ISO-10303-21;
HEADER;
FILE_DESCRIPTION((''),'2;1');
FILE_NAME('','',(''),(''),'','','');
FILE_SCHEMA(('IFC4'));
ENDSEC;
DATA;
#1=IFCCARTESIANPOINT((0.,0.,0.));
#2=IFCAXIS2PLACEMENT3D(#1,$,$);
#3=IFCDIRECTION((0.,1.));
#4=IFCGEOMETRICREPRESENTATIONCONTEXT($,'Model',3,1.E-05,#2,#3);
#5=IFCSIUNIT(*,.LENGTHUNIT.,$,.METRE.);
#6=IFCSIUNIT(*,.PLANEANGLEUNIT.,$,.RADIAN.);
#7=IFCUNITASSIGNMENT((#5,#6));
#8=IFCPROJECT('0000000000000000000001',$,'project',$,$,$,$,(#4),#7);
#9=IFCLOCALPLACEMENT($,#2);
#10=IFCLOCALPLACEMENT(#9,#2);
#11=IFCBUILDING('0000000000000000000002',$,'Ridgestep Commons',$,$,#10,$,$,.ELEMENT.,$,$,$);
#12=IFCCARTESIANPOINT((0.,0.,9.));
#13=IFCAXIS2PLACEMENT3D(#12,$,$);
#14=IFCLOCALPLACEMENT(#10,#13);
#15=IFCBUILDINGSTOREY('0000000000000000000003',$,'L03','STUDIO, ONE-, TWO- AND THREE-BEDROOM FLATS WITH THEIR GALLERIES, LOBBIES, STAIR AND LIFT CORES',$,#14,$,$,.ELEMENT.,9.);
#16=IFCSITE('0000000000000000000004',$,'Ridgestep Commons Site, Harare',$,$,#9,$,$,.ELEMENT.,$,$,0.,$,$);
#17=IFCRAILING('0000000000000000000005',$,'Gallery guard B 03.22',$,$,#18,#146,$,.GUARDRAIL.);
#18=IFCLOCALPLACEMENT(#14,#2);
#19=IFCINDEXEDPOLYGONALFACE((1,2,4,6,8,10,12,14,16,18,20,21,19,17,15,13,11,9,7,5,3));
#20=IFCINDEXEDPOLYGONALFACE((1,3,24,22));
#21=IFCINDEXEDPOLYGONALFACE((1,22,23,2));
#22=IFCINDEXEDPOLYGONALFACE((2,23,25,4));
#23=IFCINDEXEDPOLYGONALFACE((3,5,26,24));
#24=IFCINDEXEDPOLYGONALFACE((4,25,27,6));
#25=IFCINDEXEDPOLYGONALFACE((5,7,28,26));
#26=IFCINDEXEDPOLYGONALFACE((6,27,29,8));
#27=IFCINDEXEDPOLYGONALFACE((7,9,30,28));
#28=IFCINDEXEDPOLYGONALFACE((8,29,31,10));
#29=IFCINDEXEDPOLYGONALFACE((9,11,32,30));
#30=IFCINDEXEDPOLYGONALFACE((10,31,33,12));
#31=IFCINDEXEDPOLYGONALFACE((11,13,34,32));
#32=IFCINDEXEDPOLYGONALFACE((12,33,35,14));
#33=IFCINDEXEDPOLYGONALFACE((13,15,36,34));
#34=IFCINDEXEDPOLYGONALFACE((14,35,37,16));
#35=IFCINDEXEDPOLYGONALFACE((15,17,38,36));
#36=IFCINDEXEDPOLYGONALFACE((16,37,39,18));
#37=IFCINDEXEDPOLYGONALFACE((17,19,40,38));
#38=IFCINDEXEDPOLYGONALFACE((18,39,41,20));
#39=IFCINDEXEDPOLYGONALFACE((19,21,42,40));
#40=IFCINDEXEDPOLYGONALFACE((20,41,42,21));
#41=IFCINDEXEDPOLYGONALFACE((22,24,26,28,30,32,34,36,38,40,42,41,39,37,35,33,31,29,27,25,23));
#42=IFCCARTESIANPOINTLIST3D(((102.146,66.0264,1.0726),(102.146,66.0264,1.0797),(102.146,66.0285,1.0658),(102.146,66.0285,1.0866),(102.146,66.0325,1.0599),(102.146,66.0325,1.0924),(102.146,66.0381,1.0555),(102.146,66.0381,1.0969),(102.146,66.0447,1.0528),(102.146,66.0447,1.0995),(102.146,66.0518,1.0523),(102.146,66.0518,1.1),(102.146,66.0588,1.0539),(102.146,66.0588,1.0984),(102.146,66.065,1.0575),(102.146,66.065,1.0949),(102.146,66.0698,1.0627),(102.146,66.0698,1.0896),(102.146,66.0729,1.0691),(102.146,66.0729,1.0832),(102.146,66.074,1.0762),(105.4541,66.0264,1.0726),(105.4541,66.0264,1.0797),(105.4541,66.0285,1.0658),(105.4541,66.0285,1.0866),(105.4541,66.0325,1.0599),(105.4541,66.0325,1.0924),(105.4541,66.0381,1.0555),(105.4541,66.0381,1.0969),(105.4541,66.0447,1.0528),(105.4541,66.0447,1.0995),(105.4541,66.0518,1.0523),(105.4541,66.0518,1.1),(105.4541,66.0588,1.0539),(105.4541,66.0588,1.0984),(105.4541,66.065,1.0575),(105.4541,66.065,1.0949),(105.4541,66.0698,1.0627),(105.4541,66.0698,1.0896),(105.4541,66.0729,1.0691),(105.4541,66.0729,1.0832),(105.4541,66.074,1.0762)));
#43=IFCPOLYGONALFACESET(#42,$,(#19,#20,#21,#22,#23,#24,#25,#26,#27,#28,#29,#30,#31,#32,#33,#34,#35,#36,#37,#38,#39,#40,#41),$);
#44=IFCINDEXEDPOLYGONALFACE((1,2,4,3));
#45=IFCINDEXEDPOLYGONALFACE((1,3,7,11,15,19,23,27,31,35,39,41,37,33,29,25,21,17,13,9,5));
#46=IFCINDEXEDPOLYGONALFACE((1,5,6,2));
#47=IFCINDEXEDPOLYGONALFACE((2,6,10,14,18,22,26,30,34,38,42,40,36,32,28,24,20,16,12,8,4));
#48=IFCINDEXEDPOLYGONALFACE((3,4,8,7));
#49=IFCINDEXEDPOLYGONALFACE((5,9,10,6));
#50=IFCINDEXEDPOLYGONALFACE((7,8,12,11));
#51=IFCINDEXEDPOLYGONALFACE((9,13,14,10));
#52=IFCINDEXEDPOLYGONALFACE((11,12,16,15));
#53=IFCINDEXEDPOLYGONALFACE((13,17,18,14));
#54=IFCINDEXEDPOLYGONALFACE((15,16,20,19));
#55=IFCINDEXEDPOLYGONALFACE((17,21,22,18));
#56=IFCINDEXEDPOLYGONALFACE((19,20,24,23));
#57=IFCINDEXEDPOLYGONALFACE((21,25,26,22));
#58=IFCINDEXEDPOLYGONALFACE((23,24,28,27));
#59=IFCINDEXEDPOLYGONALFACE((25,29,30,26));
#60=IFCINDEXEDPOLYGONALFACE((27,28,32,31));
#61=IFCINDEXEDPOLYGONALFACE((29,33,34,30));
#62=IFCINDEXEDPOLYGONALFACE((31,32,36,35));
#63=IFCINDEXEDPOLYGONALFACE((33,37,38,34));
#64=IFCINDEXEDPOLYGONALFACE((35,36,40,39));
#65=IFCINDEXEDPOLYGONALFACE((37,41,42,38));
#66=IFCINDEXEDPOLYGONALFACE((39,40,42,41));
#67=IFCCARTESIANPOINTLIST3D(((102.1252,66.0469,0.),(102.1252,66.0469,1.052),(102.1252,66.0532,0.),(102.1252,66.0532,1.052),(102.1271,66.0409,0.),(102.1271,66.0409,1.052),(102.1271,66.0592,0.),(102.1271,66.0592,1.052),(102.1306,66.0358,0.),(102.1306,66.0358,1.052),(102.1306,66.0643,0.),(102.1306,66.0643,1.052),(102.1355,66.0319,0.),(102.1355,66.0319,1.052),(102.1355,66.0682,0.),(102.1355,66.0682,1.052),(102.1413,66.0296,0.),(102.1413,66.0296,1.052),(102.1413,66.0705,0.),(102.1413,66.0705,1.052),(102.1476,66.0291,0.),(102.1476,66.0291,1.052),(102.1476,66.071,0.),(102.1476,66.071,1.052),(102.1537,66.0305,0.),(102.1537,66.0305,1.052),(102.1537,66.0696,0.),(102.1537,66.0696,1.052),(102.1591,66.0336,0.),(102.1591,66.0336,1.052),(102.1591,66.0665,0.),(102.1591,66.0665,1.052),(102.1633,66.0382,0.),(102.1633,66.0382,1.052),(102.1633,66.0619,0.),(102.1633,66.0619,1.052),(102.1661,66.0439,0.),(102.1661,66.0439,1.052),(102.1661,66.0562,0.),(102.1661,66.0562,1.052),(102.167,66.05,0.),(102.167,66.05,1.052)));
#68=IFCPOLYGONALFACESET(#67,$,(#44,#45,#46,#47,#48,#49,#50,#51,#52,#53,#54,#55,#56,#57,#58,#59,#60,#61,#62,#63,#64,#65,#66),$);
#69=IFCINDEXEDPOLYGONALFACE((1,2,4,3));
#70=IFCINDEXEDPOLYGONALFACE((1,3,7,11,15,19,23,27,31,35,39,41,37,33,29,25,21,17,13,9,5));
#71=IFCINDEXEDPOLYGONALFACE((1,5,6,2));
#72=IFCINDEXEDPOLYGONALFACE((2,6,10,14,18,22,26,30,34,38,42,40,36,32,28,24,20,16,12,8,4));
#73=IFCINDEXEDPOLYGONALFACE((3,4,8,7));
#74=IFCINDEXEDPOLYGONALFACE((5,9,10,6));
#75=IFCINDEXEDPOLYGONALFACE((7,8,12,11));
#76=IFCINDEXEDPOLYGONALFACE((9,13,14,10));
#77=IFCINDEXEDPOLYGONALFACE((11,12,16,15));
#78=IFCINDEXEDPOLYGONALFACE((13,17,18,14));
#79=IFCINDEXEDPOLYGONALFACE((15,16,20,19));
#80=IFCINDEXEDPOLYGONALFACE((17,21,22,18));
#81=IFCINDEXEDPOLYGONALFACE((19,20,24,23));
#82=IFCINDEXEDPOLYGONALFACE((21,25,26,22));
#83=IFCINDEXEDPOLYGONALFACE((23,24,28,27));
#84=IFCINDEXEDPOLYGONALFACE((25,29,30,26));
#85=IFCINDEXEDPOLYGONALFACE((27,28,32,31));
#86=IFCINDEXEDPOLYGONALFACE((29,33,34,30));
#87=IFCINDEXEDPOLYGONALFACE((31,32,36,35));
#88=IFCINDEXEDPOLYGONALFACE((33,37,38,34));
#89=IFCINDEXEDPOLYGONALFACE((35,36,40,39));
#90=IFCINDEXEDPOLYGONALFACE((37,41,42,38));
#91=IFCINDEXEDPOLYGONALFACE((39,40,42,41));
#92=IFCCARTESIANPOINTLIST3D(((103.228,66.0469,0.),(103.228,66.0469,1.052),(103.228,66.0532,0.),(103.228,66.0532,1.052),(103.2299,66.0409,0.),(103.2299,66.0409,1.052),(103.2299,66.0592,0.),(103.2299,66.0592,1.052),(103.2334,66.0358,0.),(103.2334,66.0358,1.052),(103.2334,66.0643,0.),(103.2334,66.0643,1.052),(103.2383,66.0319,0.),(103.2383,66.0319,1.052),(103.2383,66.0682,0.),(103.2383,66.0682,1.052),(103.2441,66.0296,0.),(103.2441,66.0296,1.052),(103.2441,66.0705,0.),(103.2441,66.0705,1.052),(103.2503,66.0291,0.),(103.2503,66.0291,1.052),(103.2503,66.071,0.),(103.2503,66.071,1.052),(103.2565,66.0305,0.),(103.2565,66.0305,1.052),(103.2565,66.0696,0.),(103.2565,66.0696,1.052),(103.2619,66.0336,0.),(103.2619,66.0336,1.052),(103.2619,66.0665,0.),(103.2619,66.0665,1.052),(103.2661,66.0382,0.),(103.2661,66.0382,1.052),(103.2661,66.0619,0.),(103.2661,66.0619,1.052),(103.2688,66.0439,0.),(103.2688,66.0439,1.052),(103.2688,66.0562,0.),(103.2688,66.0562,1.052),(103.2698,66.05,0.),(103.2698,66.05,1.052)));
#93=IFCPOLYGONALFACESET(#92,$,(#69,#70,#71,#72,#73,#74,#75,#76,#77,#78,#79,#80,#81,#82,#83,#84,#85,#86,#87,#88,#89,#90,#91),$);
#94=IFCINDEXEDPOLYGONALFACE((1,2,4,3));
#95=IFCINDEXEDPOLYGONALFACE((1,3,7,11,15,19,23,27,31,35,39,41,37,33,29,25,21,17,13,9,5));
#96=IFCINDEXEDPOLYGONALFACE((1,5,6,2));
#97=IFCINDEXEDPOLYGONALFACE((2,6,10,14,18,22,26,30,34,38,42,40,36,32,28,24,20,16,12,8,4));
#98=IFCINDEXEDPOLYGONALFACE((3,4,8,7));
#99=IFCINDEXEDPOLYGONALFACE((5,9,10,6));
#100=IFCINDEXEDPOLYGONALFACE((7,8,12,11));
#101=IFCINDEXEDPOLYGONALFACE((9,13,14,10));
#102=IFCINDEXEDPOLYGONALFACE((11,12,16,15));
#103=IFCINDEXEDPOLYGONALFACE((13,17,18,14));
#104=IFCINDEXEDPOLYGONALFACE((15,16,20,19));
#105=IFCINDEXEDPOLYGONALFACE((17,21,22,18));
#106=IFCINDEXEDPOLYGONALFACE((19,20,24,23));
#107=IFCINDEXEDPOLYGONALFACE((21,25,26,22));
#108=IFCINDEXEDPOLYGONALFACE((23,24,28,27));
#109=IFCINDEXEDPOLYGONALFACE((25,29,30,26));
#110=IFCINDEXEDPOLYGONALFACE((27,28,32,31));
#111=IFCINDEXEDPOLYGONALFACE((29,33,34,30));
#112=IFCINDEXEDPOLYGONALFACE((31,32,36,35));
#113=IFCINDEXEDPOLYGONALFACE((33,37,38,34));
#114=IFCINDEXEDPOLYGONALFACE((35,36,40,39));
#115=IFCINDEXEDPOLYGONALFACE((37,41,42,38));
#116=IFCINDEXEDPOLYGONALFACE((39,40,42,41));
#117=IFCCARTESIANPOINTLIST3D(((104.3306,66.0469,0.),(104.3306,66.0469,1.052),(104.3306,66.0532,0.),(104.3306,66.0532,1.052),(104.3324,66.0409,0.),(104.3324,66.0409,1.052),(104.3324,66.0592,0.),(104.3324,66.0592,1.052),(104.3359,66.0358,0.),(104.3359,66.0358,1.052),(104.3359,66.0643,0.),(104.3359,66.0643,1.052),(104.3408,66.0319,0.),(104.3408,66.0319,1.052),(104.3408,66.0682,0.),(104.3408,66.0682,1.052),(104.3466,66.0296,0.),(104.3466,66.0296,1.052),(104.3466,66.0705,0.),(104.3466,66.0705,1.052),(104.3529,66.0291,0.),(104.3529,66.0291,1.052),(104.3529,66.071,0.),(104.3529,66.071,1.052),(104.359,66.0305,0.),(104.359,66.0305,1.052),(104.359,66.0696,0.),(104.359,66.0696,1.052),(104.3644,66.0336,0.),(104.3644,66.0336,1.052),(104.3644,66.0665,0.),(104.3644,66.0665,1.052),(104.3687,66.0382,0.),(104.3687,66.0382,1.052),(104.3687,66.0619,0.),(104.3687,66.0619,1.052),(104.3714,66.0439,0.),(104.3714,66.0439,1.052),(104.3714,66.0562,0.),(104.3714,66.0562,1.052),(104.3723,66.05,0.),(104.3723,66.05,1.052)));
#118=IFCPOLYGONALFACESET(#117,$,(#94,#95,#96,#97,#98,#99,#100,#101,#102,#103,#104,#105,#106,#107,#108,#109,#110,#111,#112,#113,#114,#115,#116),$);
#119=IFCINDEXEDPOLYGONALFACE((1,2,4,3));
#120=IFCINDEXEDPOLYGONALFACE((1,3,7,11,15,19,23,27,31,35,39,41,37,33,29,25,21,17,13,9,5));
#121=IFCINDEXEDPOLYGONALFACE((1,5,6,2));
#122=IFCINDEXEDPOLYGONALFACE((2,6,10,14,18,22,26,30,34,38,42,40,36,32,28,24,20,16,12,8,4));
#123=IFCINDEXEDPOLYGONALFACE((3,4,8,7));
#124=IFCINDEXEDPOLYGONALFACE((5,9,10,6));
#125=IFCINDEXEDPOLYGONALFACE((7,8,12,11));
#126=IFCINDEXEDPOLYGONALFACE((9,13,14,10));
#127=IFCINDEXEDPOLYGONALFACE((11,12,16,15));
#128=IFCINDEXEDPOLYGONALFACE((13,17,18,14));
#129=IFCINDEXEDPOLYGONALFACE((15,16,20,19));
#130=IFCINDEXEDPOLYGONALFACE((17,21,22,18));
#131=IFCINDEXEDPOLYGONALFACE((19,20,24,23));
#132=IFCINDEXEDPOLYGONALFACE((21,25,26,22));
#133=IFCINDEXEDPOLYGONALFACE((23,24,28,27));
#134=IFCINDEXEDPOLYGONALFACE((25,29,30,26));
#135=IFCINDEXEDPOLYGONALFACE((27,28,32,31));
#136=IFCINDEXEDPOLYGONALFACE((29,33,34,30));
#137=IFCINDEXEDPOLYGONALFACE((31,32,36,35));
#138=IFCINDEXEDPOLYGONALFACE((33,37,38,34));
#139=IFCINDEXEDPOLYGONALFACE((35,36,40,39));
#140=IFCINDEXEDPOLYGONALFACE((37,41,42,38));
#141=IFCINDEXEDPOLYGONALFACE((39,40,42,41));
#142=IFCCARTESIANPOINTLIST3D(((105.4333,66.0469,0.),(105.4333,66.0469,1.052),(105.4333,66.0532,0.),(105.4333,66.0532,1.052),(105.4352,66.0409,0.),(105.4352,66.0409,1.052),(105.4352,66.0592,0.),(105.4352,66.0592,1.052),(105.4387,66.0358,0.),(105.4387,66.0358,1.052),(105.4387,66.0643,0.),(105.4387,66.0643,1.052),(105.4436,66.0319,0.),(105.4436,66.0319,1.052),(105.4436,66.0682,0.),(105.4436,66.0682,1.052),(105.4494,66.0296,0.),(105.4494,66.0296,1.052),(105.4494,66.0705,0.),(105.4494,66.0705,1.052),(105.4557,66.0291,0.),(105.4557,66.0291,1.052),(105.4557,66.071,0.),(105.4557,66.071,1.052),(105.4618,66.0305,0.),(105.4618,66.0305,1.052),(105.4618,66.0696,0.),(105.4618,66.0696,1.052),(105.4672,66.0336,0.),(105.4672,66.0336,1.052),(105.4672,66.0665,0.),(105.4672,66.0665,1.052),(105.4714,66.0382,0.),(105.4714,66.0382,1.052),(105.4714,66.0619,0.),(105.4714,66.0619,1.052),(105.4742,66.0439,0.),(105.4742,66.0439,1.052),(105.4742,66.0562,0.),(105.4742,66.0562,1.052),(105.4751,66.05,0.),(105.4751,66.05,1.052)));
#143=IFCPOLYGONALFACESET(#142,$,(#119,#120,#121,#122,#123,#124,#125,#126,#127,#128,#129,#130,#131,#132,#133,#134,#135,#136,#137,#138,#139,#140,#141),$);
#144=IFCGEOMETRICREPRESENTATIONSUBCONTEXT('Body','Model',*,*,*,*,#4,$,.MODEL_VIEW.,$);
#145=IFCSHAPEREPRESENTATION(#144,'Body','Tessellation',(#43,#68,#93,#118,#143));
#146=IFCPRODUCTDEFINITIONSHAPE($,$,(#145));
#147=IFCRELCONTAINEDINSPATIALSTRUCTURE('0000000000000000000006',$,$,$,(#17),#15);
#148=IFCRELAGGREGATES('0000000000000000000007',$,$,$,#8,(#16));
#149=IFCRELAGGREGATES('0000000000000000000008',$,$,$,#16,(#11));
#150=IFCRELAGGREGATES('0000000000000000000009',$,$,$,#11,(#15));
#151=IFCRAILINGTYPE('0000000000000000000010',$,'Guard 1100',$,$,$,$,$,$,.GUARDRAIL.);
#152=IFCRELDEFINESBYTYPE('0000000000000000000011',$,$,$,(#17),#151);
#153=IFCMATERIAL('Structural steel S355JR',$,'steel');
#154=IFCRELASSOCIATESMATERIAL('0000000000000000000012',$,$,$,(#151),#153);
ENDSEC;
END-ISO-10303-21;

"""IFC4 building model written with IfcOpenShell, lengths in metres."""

from ifc_helpers import new_model, si_unit, direction, frame, origin, origin_2d, place, context, subcontext, project, spatial, circle, extrude, material, type_object, element, save


model = new_model("IFC4")

# Units and contexts
model_context = context("Model", 3, precision=1e-05, world=origin(), true_north=direction((0.0, 1.0)))
body_context = subcontext(model_context, "Body", "Model", "MODEL_VIEW")
ifc_project = project(units=[si_unit("LENGTHUNIT", "METRE"), si_unit("PLANEANGLEUNIT", "RADIAN")], contexts=[model_context])

# Site, building, storey
site_placement = place(None, origin())
site = spatial("IfcSite", under=ifc_project, at=site_placement, Name="Ridgestep Commons Site, Harare", CompositionType="ELEMENT", RefElevation=0.0)
building_placement = place(site_placement, origin())
building = spatial("IfcBuilding", under=site, at=building_placement, Name="Ridgestep Commons", CompositionType="ELEMENT")
storey_placement = place(building_placement, frame((0.0, 0.0, 9.0)))
storey = spatial("IfcBuildingStorey", under=building, at=storey_placement, Name="L03", Description="STUDIO, ONE-, TWO- AND THREE-BEDROOM FLATS WITH THEIR GALLERIES, LOBBIES, STAIR AND LIFT CORES", CompositionType="ELEMENT", Elevation=9.0)

# Railing
ifc_material_1 = material(Name="Structural steel S355JR", Category="steel")
railing_type = type_object("IfcRailingType", Name="Guard 1100", PredefinedType="GUARDRAIL", material=ifc_material_1)
railing_1_placement = place(storey_placement, frame((102.146, 66.05, 0.0)))
element("IfcRailing", 1, at=railing_1_placement, inside=storey, type_object=railing_type, Name="Gallery guard B 03.22", PredefinedType="GUARDRAIL", context=body_context, shape_type="SweptSolid", body=[
    extrude(circle(Radius=0.0239, at=origin_2d()), frame((0.0, 0.0, 1.0762), z_axis=(1.0, 0.0, 0.0), x_axis=(0.0, 1.0, 0.0)), (0.0, 0.0, 1.0), 3.3081),
    extrude(circle(Radius=0.021, at=origin_2d()), origin(), (0.0, 0.0, 1.0), 1.052),
    extrude(circle(Radius=0.021, at=origin_2d()), frame((1.1028, 0.0, 0.0)), (0.0, 0.0, 1.0), 1.052),
    extrude(circle(Radius=0.021, at=origin_2d()), frame((2.2053, 0.0, 0.0)), (0.0, 0.0, 1.0), 1.052),
    extrude(circle(Radius=0.021, at=origin_2d()), frame((3.3081, 0.0, 0.0)), (0.0, 0.0, 1.0), 1.052),
])

save(model, "model.ifc")
